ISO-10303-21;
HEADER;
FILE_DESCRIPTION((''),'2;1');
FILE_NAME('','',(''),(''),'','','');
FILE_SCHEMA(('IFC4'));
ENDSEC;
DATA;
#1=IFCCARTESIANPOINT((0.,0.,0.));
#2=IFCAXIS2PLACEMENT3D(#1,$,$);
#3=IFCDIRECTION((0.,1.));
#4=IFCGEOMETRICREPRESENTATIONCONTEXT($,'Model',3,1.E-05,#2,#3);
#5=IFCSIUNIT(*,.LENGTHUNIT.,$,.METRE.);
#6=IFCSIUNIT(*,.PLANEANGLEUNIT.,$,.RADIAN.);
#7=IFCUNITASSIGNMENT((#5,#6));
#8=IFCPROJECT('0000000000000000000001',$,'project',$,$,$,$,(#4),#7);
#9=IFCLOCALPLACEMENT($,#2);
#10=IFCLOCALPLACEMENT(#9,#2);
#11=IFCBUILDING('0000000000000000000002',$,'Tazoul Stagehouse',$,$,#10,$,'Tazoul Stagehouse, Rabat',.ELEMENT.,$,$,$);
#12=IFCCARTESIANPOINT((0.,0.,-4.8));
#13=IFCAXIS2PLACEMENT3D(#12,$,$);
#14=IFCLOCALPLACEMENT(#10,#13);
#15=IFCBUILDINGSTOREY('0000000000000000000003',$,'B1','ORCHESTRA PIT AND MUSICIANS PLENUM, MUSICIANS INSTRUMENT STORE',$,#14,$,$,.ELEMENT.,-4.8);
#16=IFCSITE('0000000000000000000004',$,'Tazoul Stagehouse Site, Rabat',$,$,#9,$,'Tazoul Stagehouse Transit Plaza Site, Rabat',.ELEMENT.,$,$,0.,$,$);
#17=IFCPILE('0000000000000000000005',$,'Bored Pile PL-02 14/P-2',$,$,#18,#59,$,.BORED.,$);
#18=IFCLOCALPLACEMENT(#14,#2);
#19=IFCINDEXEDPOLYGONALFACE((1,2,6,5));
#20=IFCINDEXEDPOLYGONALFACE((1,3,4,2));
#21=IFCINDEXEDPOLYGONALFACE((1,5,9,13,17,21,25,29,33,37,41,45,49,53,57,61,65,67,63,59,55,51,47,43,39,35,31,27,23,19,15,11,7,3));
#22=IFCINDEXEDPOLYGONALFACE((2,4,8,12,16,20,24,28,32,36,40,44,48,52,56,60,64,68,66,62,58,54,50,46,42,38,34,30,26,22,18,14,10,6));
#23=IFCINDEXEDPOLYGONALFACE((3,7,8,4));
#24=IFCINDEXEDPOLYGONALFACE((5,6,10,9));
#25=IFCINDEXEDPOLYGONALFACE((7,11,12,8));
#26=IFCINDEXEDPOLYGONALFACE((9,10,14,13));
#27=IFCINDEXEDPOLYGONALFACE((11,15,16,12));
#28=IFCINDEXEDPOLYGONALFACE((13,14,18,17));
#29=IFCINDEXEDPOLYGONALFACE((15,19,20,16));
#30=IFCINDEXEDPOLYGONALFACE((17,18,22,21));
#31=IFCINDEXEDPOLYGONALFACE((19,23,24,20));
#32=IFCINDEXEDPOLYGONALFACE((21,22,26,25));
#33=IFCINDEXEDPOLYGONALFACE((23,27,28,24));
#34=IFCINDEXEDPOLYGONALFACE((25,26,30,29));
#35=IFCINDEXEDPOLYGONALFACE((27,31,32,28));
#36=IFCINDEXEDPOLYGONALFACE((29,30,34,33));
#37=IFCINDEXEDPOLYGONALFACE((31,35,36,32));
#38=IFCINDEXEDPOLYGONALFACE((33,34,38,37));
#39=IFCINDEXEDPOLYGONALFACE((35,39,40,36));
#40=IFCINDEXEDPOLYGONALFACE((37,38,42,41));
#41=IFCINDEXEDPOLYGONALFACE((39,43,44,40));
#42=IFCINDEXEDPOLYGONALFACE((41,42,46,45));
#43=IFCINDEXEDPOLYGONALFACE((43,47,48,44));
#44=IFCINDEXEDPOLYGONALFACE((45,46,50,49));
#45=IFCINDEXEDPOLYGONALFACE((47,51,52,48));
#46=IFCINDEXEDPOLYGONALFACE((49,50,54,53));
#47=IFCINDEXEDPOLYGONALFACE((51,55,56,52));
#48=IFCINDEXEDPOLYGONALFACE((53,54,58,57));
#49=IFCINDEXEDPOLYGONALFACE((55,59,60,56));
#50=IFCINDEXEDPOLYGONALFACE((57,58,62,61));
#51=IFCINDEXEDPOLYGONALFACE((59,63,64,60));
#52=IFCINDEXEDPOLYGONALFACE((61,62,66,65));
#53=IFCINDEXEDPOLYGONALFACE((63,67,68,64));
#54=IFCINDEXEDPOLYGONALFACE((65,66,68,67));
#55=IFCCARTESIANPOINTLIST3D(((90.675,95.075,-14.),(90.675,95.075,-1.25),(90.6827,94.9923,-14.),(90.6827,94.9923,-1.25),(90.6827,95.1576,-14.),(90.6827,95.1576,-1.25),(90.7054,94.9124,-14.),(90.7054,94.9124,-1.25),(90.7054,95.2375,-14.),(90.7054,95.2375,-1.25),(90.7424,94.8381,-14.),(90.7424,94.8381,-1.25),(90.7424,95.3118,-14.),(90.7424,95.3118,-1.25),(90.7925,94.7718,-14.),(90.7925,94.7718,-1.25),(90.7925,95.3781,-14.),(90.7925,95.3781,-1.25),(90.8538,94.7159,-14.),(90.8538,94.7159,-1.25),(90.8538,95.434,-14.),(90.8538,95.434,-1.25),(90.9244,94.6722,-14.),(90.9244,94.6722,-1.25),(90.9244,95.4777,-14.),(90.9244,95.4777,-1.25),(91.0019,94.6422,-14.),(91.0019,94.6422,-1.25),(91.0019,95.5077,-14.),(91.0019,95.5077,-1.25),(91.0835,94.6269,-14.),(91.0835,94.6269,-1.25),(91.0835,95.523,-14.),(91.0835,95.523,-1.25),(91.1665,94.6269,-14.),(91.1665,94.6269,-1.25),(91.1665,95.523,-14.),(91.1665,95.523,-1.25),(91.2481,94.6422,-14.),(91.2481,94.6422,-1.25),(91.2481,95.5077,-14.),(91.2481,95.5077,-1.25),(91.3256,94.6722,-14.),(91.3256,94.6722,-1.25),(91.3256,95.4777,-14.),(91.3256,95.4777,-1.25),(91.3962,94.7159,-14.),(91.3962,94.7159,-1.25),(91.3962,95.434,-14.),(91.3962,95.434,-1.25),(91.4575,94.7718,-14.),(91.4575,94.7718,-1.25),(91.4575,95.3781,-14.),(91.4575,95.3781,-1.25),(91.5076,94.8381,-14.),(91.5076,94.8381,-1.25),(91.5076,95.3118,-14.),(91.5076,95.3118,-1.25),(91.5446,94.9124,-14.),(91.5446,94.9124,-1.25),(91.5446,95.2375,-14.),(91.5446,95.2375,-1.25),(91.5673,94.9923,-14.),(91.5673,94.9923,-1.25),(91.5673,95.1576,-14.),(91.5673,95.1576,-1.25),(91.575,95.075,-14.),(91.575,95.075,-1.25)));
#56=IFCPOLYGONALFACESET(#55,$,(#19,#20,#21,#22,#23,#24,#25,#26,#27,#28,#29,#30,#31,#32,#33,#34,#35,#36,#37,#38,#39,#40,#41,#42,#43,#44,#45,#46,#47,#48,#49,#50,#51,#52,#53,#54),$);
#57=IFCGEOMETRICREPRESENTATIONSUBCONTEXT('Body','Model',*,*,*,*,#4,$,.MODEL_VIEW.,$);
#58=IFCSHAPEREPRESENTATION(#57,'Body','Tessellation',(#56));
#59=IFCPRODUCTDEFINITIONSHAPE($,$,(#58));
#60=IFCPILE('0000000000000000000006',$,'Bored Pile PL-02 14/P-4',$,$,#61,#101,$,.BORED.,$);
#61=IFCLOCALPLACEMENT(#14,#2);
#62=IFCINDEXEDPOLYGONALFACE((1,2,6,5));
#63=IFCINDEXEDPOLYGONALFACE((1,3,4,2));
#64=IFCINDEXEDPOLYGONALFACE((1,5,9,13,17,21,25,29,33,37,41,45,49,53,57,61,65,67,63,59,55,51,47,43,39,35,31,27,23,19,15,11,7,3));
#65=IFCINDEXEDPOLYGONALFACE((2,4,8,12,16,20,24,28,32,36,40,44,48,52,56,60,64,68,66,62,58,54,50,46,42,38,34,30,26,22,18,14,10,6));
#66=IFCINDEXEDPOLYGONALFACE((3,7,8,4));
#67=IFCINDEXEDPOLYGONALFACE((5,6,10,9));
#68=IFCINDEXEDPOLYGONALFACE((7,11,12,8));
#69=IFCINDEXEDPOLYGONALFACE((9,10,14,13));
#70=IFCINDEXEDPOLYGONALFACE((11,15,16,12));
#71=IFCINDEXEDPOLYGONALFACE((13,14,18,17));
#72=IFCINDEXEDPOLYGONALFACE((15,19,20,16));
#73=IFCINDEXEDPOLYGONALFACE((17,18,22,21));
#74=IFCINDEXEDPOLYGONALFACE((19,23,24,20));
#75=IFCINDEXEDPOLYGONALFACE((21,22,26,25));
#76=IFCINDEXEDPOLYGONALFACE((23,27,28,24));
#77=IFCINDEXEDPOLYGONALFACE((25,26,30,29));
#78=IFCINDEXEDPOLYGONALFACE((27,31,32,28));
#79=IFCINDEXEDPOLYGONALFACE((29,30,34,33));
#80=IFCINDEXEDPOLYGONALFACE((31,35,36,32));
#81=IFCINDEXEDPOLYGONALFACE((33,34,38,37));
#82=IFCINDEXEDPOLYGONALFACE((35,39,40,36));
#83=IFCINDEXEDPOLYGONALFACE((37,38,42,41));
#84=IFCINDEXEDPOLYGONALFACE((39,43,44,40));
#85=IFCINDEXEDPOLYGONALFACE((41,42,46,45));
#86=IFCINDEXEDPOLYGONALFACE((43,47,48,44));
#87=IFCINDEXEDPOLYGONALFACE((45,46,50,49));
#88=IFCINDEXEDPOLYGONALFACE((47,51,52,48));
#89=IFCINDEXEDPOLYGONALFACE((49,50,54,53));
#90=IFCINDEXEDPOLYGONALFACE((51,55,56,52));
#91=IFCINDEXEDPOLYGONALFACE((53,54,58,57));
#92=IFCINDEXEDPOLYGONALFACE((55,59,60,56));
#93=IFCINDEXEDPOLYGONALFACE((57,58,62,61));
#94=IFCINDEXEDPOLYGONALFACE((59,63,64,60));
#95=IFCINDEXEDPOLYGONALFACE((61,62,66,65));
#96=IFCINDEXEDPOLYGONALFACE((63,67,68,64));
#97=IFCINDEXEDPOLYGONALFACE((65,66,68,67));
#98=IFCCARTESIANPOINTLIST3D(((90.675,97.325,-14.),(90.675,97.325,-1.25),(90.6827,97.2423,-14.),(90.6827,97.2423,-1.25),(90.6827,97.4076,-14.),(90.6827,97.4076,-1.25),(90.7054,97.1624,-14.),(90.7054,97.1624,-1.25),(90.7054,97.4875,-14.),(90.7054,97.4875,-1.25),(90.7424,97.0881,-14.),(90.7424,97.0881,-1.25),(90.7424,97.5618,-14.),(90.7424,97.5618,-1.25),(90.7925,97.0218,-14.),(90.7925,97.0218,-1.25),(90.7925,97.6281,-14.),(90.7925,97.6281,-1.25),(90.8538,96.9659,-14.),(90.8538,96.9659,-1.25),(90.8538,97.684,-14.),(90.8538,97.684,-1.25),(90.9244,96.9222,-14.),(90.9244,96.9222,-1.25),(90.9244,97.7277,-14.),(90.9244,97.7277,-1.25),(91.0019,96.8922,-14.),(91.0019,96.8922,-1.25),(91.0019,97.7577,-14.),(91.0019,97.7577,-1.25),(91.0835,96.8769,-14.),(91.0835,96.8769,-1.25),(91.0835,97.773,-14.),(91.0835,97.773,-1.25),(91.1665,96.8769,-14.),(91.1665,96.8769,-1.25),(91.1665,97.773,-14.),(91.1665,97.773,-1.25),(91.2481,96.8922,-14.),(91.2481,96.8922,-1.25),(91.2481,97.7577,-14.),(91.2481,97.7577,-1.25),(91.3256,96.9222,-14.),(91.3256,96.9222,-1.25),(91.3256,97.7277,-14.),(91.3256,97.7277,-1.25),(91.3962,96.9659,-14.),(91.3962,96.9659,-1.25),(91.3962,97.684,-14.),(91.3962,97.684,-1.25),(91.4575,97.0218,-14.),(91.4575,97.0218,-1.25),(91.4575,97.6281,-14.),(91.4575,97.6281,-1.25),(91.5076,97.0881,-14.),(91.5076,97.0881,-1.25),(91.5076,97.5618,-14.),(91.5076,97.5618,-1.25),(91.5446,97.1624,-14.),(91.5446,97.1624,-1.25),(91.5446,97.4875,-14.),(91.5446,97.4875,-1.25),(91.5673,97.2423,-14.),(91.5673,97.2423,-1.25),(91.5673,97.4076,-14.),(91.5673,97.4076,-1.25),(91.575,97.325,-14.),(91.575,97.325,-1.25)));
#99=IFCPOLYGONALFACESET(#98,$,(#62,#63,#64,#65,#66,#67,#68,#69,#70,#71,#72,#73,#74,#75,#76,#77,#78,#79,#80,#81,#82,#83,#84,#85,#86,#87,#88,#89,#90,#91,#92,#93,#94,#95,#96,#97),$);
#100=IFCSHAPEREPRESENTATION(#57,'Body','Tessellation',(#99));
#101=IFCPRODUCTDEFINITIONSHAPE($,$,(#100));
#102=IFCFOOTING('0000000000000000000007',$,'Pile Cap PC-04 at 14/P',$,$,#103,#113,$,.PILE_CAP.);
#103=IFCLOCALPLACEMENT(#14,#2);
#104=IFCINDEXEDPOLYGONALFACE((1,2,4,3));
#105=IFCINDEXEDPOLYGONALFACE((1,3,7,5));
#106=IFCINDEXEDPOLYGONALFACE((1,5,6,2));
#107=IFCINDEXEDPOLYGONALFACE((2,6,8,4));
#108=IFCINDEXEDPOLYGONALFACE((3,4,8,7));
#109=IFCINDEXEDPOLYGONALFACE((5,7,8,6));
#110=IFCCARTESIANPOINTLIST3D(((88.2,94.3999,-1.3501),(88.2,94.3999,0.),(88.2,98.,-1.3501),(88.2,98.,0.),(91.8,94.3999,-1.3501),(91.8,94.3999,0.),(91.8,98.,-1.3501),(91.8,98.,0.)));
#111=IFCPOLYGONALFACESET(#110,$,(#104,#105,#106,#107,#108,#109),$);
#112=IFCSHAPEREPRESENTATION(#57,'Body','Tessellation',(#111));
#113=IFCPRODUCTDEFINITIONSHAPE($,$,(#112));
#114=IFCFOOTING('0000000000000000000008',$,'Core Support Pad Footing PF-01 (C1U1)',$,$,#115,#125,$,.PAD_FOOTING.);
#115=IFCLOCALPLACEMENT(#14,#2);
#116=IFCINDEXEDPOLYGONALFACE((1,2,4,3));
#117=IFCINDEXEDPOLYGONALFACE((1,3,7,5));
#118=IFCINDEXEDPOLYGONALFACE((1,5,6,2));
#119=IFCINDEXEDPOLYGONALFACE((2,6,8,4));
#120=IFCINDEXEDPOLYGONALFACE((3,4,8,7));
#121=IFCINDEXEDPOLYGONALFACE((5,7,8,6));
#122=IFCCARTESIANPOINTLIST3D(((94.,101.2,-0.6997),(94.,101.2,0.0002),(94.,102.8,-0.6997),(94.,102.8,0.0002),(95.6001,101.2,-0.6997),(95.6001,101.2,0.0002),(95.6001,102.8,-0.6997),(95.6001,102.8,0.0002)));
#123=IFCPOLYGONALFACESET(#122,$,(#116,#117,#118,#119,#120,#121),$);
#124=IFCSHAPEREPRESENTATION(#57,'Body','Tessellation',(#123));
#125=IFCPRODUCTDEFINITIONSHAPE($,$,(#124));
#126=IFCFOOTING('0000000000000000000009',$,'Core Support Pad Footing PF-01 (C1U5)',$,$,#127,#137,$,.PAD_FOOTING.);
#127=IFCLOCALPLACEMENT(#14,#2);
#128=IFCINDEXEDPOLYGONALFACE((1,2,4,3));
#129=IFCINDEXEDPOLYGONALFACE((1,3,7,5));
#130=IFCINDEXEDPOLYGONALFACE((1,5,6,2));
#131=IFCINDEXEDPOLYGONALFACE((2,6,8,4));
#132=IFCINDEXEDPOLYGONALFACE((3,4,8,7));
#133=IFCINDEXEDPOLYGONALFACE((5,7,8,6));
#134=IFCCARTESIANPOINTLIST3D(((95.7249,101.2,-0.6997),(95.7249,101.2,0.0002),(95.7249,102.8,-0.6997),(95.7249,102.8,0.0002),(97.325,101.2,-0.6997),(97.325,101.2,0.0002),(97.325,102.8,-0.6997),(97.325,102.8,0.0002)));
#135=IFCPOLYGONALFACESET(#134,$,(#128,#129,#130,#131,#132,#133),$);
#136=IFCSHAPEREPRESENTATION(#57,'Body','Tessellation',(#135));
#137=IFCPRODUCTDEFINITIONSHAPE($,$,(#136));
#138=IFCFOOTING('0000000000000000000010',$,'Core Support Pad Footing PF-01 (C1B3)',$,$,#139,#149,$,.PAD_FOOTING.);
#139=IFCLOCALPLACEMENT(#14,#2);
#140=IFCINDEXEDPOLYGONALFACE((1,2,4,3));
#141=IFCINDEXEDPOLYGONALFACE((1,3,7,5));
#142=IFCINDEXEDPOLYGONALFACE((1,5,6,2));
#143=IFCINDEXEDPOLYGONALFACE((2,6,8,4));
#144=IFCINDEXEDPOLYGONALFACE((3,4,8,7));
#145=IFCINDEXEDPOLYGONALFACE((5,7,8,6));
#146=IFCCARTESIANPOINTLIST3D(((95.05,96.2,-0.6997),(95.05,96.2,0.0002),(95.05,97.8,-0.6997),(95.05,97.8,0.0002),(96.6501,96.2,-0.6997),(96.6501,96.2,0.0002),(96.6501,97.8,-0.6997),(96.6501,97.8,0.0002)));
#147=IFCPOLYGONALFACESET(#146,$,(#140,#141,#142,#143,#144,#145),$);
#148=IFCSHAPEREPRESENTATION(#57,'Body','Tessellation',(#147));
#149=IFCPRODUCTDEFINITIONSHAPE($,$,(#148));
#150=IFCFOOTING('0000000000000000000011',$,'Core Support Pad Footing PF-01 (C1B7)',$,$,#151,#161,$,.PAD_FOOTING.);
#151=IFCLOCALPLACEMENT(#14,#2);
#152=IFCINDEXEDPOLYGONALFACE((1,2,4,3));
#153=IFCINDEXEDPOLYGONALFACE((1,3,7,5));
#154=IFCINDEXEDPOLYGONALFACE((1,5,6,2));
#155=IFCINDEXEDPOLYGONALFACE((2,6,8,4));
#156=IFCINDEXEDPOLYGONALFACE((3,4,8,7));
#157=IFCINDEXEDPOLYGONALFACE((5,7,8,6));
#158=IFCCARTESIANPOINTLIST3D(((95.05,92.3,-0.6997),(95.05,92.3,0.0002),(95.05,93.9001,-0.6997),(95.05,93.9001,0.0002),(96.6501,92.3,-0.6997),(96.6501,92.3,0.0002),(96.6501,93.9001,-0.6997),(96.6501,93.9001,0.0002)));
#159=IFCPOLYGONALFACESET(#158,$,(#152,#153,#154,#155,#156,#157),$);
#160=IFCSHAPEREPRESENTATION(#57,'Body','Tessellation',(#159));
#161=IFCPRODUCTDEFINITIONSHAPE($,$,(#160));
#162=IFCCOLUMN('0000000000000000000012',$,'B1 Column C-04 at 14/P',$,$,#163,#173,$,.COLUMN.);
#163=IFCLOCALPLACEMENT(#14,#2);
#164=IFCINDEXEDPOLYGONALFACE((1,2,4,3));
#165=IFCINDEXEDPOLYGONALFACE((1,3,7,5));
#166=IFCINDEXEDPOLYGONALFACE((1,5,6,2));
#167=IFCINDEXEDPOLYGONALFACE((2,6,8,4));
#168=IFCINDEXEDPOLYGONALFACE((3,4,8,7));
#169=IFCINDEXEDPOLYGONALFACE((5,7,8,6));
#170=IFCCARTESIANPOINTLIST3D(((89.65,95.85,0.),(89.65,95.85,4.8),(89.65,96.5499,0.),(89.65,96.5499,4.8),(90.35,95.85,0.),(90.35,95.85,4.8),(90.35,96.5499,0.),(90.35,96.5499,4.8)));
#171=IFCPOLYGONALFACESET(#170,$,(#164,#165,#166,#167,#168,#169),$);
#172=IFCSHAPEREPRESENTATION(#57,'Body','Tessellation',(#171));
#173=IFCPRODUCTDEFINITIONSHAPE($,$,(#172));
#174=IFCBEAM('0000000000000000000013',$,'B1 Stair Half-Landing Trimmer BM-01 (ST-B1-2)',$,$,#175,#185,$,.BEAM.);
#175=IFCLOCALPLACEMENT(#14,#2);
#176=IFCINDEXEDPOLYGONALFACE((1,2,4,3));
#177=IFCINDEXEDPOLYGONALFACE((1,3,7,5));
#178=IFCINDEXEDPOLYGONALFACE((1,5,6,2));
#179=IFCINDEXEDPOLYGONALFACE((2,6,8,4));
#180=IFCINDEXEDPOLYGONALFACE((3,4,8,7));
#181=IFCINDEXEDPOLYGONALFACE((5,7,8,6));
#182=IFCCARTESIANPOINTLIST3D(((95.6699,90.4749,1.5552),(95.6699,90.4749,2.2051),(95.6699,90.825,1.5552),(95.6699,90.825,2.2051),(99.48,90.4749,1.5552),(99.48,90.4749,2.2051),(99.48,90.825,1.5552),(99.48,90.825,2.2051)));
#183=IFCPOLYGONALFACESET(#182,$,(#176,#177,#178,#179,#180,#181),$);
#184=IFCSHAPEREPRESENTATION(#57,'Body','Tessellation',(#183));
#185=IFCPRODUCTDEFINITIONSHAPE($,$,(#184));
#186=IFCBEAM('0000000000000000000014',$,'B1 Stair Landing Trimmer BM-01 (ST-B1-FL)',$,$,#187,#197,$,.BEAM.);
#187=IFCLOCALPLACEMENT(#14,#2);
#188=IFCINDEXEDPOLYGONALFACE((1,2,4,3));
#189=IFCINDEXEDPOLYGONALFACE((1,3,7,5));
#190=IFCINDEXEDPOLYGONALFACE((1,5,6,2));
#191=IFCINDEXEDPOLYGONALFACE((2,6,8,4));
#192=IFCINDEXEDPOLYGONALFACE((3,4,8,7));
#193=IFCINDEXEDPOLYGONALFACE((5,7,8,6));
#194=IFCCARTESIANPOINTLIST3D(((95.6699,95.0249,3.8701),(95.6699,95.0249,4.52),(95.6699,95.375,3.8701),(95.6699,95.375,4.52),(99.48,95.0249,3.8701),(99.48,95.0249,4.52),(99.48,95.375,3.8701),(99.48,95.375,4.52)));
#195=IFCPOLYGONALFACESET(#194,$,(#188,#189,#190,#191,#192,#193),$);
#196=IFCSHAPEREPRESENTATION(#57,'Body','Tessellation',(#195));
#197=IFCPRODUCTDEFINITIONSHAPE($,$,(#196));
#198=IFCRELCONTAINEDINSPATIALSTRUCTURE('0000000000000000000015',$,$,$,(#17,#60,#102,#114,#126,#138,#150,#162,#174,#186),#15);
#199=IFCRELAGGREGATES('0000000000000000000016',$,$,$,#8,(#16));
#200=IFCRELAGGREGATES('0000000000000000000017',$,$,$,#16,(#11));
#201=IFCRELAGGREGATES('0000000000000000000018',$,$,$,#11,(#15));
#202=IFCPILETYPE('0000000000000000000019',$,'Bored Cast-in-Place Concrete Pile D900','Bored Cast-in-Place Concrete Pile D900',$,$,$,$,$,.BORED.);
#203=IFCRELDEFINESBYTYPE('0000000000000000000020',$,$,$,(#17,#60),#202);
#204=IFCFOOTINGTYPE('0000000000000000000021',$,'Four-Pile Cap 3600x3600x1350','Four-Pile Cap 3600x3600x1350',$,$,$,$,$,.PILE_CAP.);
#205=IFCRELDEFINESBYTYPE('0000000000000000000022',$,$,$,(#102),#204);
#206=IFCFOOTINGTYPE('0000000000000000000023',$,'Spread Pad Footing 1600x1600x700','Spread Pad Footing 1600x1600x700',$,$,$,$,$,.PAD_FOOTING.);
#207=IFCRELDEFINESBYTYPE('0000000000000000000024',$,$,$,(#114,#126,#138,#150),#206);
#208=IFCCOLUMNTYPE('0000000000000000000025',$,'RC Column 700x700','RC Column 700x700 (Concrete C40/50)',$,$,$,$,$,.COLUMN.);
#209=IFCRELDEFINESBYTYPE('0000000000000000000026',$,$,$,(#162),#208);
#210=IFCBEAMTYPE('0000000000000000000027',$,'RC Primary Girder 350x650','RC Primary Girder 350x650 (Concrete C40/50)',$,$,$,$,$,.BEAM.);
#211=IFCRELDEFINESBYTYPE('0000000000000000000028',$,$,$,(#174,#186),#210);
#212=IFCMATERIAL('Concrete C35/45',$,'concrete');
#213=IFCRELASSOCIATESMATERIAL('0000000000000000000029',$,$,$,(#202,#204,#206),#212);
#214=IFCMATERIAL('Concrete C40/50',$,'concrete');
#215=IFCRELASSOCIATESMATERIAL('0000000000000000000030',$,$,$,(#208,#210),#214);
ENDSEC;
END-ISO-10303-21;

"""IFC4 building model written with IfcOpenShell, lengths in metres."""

from ifc_helpers import new_model, si_unit, direction, frame, origin, origin_2d, place, context, subcontext, project, spatial, rectangle, circle, extrude, material, material_profile, profile_set, type_object, element, save


model = new_model("IFC4")

# Units and contexts
model_context = context("Model", 3, precision=1e-05, world=origin(), true_north=direction((0.0, 1.0)))
body_context = subcontext(model_context, "Body", "Model", "MODEL_VIEW")
ifc_project = project(units=[si_unit("LENGTHUNIT", "METRE"), si_unit("PLANEANGLEUNIT", "RADIAN")], contexts=[model_context])

# Site, building, storey
site_placement = place(None, origin())
site = spatial("IfcSite", under=ifc_project, at=site_placement, Name="Tazoul Stagehouse Site, Rabat", LongName="Tazoul Stagehouse Transit Plaza Site, Rabat", CompositionType="ELEMENT", RefElevation=0.0)
building_placement = place(site_placement, origin())
building = spatial("IfcBuilding", under=site, at=building_placement, Name="Tazoul Stagehouse", LongName="Tazoul Stagehouse, Rabat", CompositionType="ELEMENT")
storey_placement = place(building_placement, frame((0.0, 0.0, -4.8)))
storey = spatial("IfcBuildingStorey", under=building, at=storey_placement, Name="B1", Description="ORCHESTRA PIT AND MUSICIANS PLENUM, MUSICIANS INSTRUMENT STORE", CompositionType="ELEMENT", Elevation=-4.8)

# Piles
ifc_material_1 = material(Name="Concrete C35/45", Category="concrete")
ifc_material_profile_1 = material_profile(ifc_material_1, circle(Radius=0.45, at=origin_2d()), Name="BORED PILE 900")
ifc_profile_set_1 = profile_set([ifc_material_profile_1], Name="Concrete C35/45")
pile_type = type_object("IfcPileType", Name="Bored Cast-in-Place Concrete Pile D900", Description="Bored Cast-in-Place Concrete Pile D900", PredefinedType="BORED", material=ifc_profile_set_1)
for number, where, z_axis, x_axis, name in (
    (1, (91.125, 95.075, -1.25), (0.0, 0.0, -1.0), (1.0, 0.0, 0.0), "Bored Pile PL-02 14/P-2"),
    (2, (91.125, 97.325, -1.25), (0.0, 0.0, -1.0), (1.0, 0.0, 0.0), "Bored Pile PL-02 14/P-4"),
):
    element("IfcPile", number, at=place(storey_placement, frame(where, z_axis=z_axis, x_axis=x_axis)), inside=storey, type_object=pile_type, Name=name, PredefinedType="BORED", context=body_context, shape_type="SweptSolid", body=[
        extrude(circle(Radius=0.45, at=origin_2d()), origin(), (0.0, 0.0, 1.0), 12.75),
    ])

# Footings
footing_type_1 = type_object("IfcFootingType", Name="Four-Pile Cap 3600x3600x1350", Description="Four-Pile Cap 3600x3600x1350", PredefinedType="PILE_CAP", material=ifc_material_1)
footing_placement = place(storey_placement, frame((90.0, 96.2, -1.3501), z_axis=(0.0, 0.0, 1.0), x_axis=(1.0, 0.0, 0.0)))
element("IfcFooting", 3, at=footing_placement, inside=storey, type_object=footing_type_1, Name="Pile Cap PC-04 at 14/P", PredefinedType="PILE_CAP", context=body_context, shape_type="SweptSolid", body=[
    extrude(rectangle(XDim=3.6001, YDim=3.6001, at=origin_2d()), origin(), (0.0, 0.0, 1.0), 1.3501),
])
footing_type_2 = type_object("IfcFootingType", Name="Spread Pad Footing 1600x1600x700", Description="Spread Pad Footing 1600x1600x700", PredefinedType="PAD_FOOTING", material=ifc_material_1)
for number, where, z_axis, x_axis, name in (
    (4, (94.8, 102.0, -0.6997), (0.0, 0.0, 1.0), (1.0, 0.0, 0.0), "Core Support Pad Footing PF-01 (C1U1)"),
    (5, (96.5249, 102.0, -0.6997), (0.0, 0.0, 1.0), (1.0, 0.0, 0.0), "Core Support Pad Footing PF-01 (C1U5)"),
    (6, (95.8501, 97.0, -0.6997), (0.0, 0.0, 1.0), (1.0, 0.0, 0.0), "Core Support Pad Footing PF-01 (C1B3)"),
    (7, (95.8501, 93.1001, -0.6997), (0.0, 0.0, 1.0), (1.0, 0.0, 0.0), "Core Support Pad Footing PF-01 (C1B7)"),
):
    element("IfcFooting", number, at=place(storey_placement, frame(where, z_axis=z_axis, x_axis=x_axis)), inside=storey, type_object=footing_type_2, Name=name, PredefinedType="PAD_FOOTING", context=body_context, shape_type="SweptSolid", body=[
        extrude(rectangle(XDim=1.6001, YDim=1.6001, at=origin_2d()), origin(), (0.0, 0.0, 1.0), 0.7),
    ])

# Column
ifc_material_2 = material(Name="Concrete C40/50", Category="concrete")
ifc_material_profile_2 = material_profile(ifc_material_2, rectangle(XDim=0.7, YDim=0.7, at=origin_2d()), Name="RC 700x700")
ifc_profile_set_2 = profile_set([ifc_material_profile_2], Name="Concrete C40/50")
column_type = type_object("IfcColumnType", Name="RC Column 700x700", Description="RC Column 700x700 (Concrete C40/50)", PredefinedType="COLUMN", material=ifc_profile_set_2)
column_placement = place(storey_placement, frame((90.0, 96.2, 0.0), z_axis=(0.0, 0.0, 1.0), x_axis=(1.0, 0.0, 0.0)))
element("IfcColumn", 8, at=column_placement, inside=storey, type_object=column_type, Name="B1 Column C-04 at 14/P", PredefinedType="COLUMN", context=body_context, shape_type="SweptSolid", body=[
    extrude(rectangle(XDim=0.7, YDim=0.7, at=origin_2d()), origin(), (0.0, 0.0, 1.0), 4.8),
])

# Beams
ifc_material_profile_3 = material_profile(ifc_material_2, rectangle(XDim=0.3501, YDim=0.6499, at=origin_2d()), Name="RC 350x650")
ifc_profile_set_3 = profile_set([ifc_material_profile_3], Name="Concrete C40/50")
beam_type = type_object("IfcBeamType", Name="RC Primary Girder 350x650", Description="RC Primary Girder 350x650 (Concrete C40/50)", PredefinedType="BEAM", material=ifc_profile_set_3)
for number, where, z_axis, x_axis, name in (
    (9, (95.6699, 90.6499, 1.8801), (1.0, 0.0, 0.0), (0.0, 1.0, 0.0), "B1 Stair Half-Landing Trimmer BM-01 (ST-B1-2)"),
    (10, (95.6699, 95.2, 4.1951), (1.0, 0.0, 0.0), (0.0, 1.0, 0.0), "B1 Stair Landing Trimmer BM-01 (ST-B1-FL)"),
):
    element("IfcBeam", number, at=place(storey_placement, frame(where, z_axis=z_axis, x_axis=x_axis)), inside=storey, type_object=beam_type, Name=name, PredefinedType="BEAM", context=body_context, shape_type="SweptSolid", body=[
        extrude(rectangle(XDim=0.3501, YDim=0.6499, at=origin_2d()), origin(), (0.0, 0.0, 1.0), 3.8101),
    ])

save(model, "model.ifc")
